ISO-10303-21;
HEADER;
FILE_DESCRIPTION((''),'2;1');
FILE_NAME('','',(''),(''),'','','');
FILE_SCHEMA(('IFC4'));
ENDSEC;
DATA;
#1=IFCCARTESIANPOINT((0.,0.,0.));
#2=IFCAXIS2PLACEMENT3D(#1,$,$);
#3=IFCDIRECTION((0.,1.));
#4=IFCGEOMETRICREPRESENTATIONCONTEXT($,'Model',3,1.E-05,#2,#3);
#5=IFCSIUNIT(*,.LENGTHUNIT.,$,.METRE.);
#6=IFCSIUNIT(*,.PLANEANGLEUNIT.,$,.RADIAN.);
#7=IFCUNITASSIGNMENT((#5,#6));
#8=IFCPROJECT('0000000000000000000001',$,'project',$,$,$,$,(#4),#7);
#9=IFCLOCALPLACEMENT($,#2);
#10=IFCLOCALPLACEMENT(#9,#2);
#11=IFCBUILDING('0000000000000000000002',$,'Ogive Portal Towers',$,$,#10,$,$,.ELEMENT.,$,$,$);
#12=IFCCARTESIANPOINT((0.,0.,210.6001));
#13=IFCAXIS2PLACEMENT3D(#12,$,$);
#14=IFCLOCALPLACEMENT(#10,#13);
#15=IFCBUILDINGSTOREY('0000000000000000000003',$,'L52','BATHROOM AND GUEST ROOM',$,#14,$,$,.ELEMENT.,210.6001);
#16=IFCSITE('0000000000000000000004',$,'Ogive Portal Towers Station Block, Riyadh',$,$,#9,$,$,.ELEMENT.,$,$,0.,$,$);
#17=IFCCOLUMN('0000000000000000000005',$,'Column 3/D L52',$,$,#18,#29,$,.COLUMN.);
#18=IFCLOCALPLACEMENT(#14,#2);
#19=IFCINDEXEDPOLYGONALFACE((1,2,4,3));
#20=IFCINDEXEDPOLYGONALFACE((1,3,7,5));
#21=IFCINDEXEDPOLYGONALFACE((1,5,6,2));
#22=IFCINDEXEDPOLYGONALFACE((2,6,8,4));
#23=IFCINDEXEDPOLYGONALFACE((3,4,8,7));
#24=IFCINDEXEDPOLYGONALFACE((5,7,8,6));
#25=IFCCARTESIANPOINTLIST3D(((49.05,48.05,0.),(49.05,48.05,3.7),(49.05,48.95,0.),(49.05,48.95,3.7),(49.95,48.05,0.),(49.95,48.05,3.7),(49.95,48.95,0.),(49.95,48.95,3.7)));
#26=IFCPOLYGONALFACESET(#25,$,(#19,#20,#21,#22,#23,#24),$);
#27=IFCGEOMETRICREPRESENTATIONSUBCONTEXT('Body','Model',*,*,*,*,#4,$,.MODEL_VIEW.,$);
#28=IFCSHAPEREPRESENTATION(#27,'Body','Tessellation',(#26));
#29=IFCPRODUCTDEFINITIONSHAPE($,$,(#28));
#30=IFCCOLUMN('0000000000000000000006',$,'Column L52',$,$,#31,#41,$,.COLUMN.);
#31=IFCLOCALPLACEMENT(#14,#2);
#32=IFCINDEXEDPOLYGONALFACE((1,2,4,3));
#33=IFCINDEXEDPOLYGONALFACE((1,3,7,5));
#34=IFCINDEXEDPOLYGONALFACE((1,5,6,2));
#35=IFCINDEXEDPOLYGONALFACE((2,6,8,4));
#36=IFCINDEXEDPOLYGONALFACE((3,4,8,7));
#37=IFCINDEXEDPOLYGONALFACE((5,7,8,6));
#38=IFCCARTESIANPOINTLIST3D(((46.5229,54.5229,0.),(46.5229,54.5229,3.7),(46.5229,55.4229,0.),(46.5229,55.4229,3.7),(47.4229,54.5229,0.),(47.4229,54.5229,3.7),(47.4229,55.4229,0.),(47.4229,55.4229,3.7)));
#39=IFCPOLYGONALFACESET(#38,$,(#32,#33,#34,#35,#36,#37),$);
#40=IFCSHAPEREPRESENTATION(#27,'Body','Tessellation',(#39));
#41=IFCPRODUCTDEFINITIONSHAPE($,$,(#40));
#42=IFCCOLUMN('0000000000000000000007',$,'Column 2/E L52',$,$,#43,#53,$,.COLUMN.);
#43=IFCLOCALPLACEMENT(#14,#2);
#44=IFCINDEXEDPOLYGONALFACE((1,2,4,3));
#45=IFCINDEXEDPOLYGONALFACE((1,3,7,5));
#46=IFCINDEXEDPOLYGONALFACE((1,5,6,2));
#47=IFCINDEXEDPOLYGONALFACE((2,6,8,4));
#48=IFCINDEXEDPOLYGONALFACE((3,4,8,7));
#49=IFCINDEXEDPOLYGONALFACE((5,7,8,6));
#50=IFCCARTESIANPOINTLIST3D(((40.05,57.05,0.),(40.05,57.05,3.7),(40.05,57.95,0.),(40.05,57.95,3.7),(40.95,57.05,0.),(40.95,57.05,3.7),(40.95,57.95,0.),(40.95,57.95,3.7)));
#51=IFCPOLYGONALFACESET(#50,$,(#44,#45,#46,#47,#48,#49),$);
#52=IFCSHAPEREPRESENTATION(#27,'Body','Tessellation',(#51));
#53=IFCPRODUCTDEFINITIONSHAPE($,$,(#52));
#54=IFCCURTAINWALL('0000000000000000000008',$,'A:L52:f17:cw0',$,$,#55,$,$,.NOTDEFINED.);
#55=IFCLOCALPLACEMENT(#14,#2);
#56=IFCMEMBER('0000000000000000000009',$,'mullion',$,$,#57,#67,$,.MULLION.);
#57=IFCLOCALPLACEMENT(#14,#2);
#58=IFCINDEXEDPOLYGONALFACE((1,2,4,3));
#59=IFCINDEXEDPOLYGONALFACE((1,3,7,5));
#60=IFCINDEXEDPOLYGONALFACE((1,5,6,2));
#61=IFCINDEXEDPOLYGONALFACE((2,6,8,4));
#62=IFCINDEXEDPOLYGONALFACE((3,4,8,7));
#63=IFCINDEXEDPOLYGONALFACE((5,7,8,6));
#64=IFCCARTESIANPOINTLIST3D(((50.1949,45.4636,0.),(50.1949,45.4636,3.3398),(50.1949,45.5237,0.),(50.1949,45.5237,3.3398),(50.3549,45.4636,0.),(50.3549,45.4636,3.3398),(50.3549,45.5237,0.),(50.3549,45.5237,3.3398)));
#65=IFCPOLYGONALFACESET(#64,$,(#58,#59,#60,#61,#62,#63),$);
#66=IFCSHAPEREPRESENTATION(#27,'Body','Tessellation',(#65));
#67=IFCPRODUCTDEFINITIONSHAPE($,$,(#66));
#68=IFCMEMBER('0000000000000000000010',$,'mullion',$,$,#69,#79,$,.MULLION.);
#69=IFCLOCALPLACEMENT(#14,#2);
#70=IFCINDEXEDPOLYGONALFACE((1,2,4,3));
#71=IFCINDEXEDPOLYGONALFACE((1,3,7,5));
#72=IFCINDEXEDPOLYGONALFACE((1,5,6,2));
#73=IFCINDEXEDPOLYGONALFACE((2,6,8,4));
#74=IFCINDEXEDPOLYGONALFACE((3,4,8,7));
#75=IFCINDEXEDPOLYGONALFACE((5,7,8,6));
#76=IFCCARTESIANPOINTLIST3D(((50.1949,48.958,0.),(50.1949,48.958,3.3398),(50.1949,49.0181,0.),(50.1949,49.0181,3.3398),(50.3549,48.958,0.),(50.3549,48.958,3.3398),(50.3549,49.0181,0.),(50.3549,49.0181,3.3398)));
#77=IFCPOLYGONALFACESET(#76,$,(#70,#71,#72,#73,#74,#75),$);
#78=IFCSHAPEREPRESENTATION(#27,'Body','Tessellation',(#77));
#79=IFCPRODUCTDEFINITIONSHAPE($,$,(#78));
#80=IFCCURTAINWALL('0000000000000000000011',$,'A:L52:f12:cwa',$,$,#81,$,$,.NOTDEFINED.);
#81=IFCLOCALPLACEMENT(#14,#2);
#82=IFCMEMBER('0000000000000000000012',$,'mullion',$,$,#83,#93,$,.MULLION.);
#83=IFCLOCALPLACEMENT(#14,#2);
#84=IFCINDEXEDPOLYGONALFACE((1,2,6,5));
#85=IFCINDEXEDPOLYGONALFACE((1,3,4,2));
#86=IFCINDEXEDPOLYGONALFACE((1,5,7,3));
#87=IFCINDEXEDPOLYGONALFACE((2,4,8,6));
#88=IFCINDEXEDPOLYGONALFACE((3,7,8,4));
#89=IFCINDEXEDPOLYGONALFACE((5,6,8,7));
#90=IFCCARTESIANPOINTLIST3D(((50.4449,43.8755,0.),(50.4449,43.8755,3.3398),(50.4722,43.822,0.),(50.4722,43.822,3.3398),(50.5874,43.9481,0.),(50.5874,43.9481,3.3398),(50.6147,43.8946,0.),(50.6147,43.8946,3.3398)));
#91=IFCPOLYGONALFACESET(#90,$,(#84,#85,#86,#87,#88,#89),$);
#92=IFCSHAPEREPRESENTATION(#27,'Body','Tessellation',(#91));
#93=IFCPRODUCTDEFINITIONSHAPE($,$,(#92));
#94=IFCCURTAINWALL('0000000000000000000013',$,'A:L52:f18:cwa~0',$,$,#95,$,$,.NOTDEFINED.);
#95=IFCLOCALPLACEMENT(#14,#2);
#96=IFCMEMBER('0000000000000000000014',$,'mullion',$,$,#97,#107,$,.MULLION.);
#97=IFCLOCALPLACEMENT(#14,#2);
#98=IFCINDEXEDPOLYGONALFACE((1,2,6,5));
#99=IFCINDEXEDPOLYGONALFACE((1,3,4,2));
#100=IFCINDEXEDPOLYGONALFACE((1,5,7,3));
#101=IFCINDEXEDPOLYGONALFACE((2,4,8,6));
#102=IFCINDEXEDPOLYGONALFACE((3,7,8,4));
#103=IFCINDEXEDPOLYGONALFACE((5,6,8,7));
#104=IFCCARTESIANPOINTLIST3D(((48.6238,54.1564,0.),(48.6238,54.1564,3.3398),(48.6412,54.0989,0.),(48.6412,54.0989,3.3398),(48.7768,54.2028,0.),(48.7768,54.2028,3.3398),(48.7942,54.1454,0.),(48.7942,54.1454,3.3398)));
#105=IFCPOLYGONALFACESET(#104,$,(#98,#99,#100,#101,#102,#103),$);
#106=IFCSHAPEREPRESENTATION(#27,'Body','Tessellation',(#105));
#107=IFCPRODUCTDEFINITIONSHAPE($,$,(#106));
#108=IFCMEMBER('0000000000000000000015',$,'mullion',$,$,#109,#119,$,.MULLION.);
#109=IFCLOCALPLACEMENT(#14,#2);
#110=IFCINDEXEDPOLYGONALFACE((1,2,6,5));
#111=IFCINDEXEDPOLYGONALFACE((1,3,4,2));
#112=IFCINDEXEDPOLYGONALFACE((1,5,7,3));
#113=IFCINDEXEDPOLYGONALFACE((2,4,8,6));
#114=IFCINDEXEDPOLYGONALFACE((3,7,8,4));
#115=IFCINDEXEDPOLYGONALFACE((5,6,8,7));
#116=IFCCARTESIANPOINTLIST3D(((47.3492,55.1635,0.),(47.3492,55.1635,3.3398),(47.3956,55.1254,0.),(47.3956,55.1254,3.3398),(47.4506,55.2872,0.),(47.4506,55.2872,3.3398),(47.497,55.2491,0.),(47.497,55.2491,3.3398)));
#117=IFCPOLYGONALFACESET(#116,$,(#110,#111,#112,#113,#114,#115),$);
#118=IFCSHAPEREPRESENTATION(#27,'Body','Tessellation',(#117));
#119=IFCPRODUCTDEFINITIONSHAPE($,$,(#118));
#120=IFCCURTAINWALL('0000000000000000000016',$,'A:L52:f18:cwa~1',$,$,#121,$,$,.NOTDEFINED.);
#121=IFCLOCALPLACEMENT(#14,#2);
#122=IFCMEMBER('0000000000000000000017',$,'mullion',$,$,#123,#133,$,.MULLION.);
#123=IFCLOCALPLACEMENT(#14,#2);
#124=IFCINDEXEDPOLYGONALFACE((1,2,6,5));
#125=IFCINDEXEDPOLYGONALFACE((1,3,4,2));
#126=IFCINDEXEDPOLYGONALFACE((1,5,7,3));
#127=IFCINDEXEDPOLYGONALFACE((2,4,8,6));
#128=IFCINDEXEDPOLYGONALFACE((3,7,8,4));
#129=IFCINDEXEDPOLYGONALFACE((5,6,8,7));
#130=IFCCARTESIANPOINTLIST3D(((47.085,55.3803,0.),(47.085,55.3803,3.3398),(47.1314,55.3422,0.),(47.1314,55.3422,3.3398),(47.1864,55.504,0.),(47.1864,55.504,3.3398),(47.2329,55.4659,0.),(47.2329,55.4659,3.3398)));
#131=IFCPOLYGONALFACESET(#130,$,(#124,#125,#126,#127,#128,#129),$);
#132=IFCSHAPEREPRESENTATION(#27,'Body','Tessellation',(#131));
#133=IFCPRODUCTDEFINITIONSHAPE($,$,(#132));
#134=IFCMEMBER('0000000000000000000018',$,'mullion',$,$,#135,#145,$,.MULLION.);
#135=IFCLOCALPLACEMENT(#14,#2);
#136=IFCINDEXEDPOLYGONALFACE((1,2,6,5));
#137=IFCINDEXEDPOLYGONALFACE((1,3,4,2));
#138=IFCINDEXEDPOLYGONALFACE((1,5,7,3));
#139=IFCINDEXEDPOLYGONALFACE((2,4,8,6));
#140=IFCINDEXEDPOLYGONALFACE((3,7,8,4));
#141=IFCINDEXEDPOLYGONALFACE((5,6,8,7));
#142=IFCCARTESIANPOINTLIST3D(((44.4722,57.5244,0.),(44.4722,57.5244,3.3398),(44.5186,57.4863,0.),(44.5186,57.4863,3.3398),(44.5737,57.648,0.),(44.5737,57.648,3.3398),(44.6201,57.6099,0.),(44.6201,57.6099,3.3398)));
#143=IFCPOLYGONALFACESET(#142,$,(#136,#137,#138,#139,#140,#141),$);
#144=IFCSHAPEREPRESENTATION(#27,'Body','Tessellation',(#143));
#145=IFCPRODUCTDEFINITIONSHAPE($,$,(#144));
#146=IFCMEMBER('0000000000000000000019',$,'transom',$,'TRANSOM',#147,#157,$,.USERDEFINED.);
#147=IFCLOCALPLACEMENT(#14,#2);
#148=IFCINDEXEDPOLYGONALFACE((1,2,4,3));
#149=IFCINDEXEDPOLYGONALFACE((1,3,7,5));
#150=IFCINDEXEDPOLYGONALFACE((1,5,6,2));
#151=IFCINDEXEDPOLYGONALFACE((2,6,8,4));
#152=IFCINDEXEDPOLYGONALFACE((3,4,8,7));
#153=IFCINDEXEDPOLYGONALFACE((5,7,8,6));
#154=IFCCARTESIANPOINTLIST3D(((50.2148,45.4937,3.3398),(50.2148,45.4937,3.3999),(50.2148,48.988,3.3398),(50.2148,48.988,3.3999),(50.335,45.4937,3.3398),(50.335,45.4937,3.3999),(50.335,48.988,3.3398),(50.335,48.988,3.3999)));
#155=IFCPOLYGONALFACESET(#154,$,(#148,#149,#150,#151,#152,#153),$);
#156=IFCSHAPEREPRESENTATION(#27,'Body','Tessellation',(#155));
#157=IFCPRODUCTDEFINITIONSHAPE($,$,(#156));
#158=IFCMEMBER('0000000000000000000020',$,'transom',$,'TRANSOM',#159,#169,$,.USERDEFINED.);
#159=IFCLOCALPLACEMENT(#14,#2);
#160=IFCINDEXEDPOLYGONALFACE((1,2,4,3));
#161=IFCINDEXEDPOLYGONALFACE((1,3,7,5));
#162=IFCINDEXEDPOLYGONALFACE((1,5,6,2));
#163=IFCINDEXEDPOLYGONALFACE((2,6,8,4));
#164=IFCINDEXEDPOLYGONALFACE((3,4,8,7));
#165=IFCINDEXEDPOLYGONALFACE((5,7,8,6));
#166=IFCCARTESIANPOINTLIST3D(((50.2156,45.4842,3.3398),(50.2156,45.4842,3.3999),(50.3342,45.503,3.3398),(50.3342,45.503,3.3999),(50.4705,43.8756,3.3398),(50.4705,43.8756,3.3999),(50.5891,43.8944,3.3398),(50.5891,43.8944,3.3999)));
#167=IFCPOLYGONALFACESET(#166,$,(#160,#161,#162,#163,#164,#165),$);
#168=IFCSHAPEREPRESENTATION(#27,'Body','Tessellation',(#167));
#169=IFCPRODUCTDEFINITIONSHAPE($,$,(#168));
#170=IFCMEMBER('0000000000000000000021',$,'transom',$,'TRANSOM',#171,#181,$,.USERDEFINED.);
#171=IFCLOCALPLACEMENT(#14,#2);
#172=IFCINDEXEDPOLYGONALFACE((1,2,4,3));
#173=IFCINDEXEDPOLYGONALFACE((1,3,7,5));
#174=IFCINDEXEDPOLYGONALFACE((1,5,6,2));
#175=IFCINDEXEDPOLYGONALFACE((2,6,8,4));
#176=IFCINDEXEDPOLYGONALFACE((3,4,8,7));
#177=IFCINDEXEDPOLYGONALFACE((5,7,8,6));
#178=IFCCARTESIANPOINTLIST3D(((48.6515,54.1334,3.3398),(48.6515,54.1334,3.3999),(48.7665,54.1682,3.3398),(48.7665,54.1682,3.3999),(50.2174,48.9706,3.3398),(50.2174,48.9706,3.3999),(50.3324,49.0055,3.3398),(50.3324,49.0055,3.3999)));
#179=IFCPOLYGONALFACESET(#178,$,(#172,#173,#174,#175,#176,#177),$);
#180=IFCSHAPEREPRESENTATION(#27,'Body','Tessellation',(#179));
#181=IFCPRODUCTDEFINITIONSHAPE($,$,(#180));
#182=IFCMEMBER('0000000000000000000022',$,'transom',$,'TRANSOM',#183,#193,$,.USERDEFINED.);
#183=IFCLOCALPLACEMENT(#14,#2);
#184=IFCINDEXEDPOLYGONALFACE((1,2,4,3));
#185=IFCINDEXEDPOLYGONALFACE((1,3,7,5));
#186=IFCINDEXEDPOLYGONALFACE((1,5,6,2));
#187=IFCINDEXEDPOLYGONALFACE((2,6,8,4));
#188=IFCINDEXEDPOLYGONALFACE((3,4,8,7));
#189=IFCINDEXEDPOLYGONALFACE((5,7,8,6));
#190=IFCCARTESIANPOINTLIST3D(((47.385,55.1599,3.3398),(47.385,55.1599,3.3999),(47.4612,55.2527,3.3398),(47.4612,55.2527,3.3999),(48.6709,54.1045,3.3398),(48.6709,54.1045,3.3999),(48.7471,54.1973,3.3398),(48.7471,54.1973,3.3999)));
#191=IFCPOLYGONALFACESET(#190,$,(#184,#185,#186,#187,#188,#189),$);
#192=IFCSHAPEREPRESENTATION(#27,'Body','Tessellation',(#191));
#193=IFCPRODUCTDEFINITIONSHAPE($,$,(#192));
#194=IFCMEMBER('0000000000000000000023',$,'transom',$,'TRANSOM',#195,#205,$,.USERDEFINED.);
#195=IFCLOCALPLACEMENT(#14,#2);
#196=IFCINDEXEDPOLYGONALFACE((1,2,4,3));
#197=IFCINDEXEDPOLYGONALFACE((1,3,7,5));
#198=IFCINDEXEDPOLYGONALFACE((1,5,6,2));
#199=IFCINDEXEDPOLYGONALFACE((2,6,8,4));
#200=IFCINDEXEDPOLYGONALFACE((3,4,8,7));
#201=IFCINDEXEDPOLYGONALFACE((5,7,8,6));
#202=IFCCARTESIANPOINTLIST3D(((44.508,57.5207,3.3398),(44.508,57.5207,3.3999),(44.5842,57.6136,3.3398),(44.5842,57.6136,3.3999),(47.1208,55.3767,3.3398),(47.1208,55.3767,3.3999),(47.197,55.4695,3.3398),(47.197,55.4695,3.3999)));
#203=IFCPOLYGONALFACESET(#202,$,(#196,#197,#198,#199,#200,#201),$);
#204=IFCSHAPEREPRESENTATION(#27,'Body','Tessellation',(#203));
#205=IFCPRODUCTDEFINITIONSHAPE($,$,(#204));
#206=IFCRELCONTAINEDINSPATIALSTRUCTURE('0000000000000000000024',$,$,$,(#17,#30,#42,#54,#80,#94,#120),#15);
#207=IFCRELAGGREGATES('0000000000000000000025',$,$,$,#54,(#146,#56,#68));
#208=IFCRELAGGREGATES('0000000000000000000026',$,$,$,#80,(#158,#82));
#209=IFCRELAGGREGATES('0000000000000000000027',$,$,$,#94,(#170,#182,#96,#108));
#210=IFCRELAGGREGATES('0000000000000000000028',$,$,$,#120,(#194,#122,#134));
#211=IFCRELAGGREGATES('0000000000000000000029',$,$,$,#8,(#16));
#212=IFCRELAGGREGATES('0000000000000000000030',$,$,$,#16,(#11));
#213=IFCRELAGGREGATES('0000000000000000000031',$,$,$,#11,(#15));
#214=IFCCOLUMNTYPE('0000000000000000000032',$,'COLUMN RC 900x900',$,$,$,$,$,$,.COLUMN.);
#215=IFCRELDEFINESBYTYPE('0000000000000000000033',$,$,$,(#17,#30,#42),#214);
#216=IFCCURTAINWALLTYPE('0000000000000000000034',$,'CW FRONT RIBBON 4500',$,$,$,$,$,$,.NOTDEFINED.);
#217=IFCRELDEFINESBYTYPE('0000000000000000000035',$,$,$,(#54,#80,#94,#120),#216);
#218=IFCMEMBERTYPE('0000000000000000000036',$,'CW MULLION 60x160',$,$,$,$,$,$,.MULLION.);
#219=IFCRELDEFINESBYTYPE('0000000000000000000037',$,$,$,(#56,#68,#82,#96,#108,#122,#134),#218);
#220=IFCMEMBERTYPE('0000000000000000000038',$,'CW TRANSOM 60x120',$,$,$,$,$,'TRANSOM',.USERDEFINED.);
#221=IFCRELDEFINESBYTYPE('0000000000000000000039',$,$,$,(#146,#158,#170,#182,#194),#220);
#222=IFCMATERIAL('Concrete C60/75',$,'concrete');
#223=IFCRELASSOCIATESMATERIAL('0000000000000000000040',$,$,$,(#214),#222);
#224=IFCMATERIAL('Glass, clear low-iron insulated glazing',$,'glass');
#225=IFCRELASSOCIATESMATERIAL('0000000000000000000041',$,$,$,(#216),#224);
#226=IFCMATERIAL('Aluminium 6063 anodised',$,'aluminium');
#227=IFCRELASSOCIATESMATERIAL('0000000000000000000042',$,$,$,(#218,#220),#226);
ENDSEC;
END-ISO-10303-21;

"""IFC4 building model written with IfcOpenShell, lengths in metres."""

from ifc_helpers import new_model, si_unit, direction, frame, origin, origin_2d, place, context, subcontext, project, spatial, rectangle, extrude, material, material_profile, profile_set, type_object, element, aggregate, save


model = new_model("IFC4")

# Units and contexts
model_context = context("Model", 3, precision=1e-05, world=origin(), true_north=direction((0.0, 1.0)))
body_context = subcontext(model_context, "Body", "Model", "MODEL_VIEW")
ifc_project = project(units=[si_unit("LENGTHUNIT", "METRE"), si_unit("PLANEANGLEUNIT", "RADIAN")], contexts=[model_context])

# Site, building, storey
site_placement = place(None, origin())
site = spatial("IfcSite", under=ifc_project, at=site_placement, Name="Ogive Portal Towers Station Block, Riyadh", CompositionType="ELEMENT", RefElevation=0.0)
building_placement = place(site_placement, origin())
building = spatial("IfcBuilding", under=site, at=building_placement, Name="Ogive Portal Towers", CompositionType="ELEMENT")
storey_placement = place(building_placement, frame((0.0, 0.0, 210.6001)))
storey = spatial("IfcBuildingStorey", under=building, at=storey_placement, Name="L52", Description="BATHROOM AND GUEST ROOM", CompositionType="ELEMENT", Elevation=210.6001)

# Columns
ifc_material_1 = material(Name="Concrete C60/75", Category="concrete")
ifc_material_profile_1 = material_profile(ifc_material_1, rectangle(XDim=0.8999, YDim=0.8999, at=origin_2d()), Name="RC 900x900")
ifc_profile_set_1 = profile_set([ifc_material_profile_1], Name="Concrete C60/75")
column_type = type_object("IfcColumnType", Name="COLUMN RC 900x900", PredefinedType="COLUMN", material=ifc_profile_set_1)
for number, where, z_axis, x_axis, name in (
    (1, (49.5, 48.5, 0.0), (0.0, 0.0, 1.0), (1.0, 0.0, 0.0), "Column 3/D L52"),
    (2, (46.9729, 54.9729, 0.0), (0.0, 0.0, 1.0), (1.0, 0.0, 0.0), "Column L52"),
    (3, (40.5, 57.5, 0.0), (0.0, 0.0, 1.0), (1.0, 0.0, 0.0), "Column 2/E L52"),
):
    element("IfcColumn", number, at=place(storey_placement, frame(where, z_axis=z_axis, x_axis=x_axis)), inside=storey, type_object=column_type, Name=name, PredefinedType="COLUMN", context=body_context, shape_type="SweptSolid", body=[
        extrude(rectangle(XDim=0.8999, YDim=0.8999, at=origin_2d()), origin(), (0.0, 0.0, 1.0), 3.7),
    ])

# Curtain wall, members
ifc_material_2 = material(Name="Glass, clear low-iron insulated glazing", Category="glass")
curtain_wall_type = type_object("IfcCurtainWallType", Name="CW FRONT RIBBON 4500", PredefinedType="NOTDEFINED", material=ifc_material_2)
curtain_wall_1_placement = place(storey_placement, origin())
curtain_wall_1 = element("IfcCurtainWall", 4, at=curtain_wall_1_placement, inside=storey, type_object=curtain_wall_type, Name="A:L52:f17:cw0", PredefinedType="NOTDEFINED")
ifc_material_3 = material(Name="Aluminium 6063 anodised", Category="aluminium")
ifc_material_profile_2 = material_profile(ifc_material_3, rectangle(XDim=0.1599, YDim=0.0601, at=origin_2d()), Name="AL 60x160")
ifc_profile_set_2 = profile_set([ifc_material_profile_2], Name="Aluminium 6063 anodised")
member_type_1 = type_object("IfcMemberType", Name="CW MULLION 60x160", PredefinedType="MULLION", material=ifc_profile_set_2)
member_1_placement = place(storey_placement, frame((50.2749, 45.4937, 0.0), z_axis=(0.0, 0.0, 1.0), x_axis=(-1.0, 0.0, 0.0)))
member_1 = element("IfcMember", 5, at=member_1_placement, type_object=member_type_1, Name="mullion", PredefinedType="MULLION", context=body_context, shape_type="SweptSolid", body=[
    extrude(rectangle(XDim=0.1599, YDim=0.0601, at=origin_2d()), origin(), (0.0, 0.0, 1.0), 3.3398),
])
member_2_placement = place(storey_placement, frame((50.2749, 48.988, 0.0), z_axis=(0.0, 0.0, 1.0), x_axis=(-1.0, 0.0, 0.0)))
member_2 = element("IfcMember", 6, at=member_2_placement, type_object=member_type_1, Name="mullion", PredefinedType="MULLION", context=body_context, shape_type="SweptSolid", body=[
    extrude(rectangle(XDim=0.1599, YDim=0.0601, at=origin_2d()), origin(), (0.0, 0.0, 1.0), 3.3398),
])

# Curtain wall, member
curtain_wall_2_placement = place(storey_placement, origin())
curtain_wall_2 = element("IfcCurtainWall", 7, at=curtain_wall_2_placement, inside=storey, type_object=curtain_wall_type, Name="A:L52:f12:cwa", PredefinedType="NOTDEFINED")
member_3_placement = place(storey_placement, frame((50.5298, 43.885, 0.0), z_axis=(0.0, 0.0, 1.0), x_axis=(-0.891007, -0.45399, 0.0)))
member_3 = element("IfcMember", 8, at=member_3_placement, type_object=member_type_1, Name="mullion", PredefinedType="MULLION", context=body_context, shape_type="SweptSolid", body=[
    extrude(rectangle(XDim=0.1599, YDim=0.0601, at=origin_2d()), origin(), (0.0, 0.0, 1.0), 3.3398),
])

# Curtain walls, members
curtain_wall_3_placement = place(storey_placement, origin())
curtain_wall_3 = element("IfcCurtainWall", 9, at=curtain_wall_3_placement, inside=storey, type_object=curtain_wall_type, Name="A:L52:f18:cwa~0", PredefinedType="NOTDEFINED")
member_4_placement = place(storey_placement, frame((48.709, 54.1509, 0.0), z_axis=(0.0, 0.0, 1.0), x_axis=(-0.95694, -0.290285, 0.0)))
member_4 = element("IfcMember", 10, at=member_4_placement, type_object=member_type_1, Name="mullion", PredefinedType="MULLION", context=body_context, shape_type="SweptSolid", body=[
    extrude(rectangle(XDim=0.1599, YDim=0.0601, at=origin_2d()), origin(), (0.0, 0.0, 1.0), 3.3398),
])
member_5_placement = place(storey_placement, frame((47.4231, 55.2063, 0.0), z_axis=(0.0, 0.0, 1.0), x_axis=(-0.634393, -0.77301, 0.0)))
member_5 = element("IfcMember", 11, at=member_5_placement, type_object=member_type_1, Name="mullion", PredefinedType="MULLION", context=body_context, shape_type="SweptSolid", body=[
    extrude(rectangle(XDim=0.1599, YDim=0.0601, at=origin_2d()), origin(), (0.0, 0.0, 1.0), 3.3398),
])
curtain_wall_4_placement = place(storey_placement, origin())
curtain_wall_4 = element("IfcCurtainWall", 12, at=curtain_wall_4_placement, inside=storey, type_object=curtain_wall_type, Name="A:L52:f18:cwa~1", PredefinedType="NOTDEFINED")
member_6_placement = place(storey_placement, frame((47.1589, 55.4231, 0.0), z_axis=(0.0, 0.0, 1.0), x_axis=(-0.634393, -0.77301, 0.0)))
member_6 = element("IfcMember", 13, at=member_6_placement, type_object=member_type_1, Name="mullion", PredefinedType="MULLION", context=body_context, shape_type="SweptSolid", body=[
    extrude(rectangle(XDim=0.1599, YDim=0.0601, at=origin_2d()), origin(), (0.0, 0.0, 1.0), 3.3398),
])
member_7_placement = place(storey_placement, frame((44.5461, 57.5671, 0.0), z_axis=(0.0, 0.0, 1.0), x_axis=(-0.634393, -0.77301, 0.0)))
member_7 = element("IfcMember", 14, at=member_7_placement, type_object=member_type_1, Name="mullion", PredefinedType="MULLION", context=body_context, shape_type="SweptSolid", body=[
    extrude(rectangle(XDim=0.1599, YDim=0.0601, at=origin_2d()), origin(), (0.0, 0.0, 1.0), 3.3398),
])

# Members
ifc_material_profile_3 = material_profile(ifc_material_3, rectangle(XDim=0.1201, YDim=0.0601, at=origin_2d()), Name="AL 120x60")
ifc_profile_set_3 = profile_set([ifc_material_profile_3], Name="Aluminium 6063 anodised")
member_type_2 = type_object("IfcMemberType", Name="CW TRANSOM 60x120", ElementType="TRANSOM", PredefinedType="USERDEFINED", material=ifc_profile_set_3)
member_8_placement = place(storey_placement, frame((50.2749, 45.4937, 3.3699), z_axis=(0.0, 1.0, 0.0), x_axis=(-1.0, 0.0, 0.0)))
member_8 = element("IfcMember", 15, at=member_8_placement, type_object=member_type_2, Name="transom", ObjectType="TRANSOM", PredefinedType="USERDEFINED", context=body_context, shape_type="SweptSolid", body=[
    extrude(rectangle(XDim=0.1201, YDim=0.0601, at=origin_2d()), origin(), (0.0, 0.0, 1.0), 3.4944),
])
member_9_placement = place(storey_placement, frame((50.5298, 43.885, 3.3699), z_axis=(-0.156494, 0.987679, 0.0), x_axis=(-0.987679, -0.156494, 0.0)))
member_9 = element("IfcMember", 16, at=member_9_placement, type_object=member_type_2, Name="transom", ObjectType="TRANSOM", PredefinedType="USERDEFINED", context=body_context, shape_type="SweptSolid", body=[
    extrude(rectangle(XDim=0.1201, YDim=0.0601, at=origin_2d()), origin(), (0.0, 0.0, 1.0), 1.6287),
])
member_10_placement = place(storey_placement, frame((50.2749, 48.988, 3.3699), z_axis=(-0.290249, 0.956951, 0.0), x_axis=(-0.956951, -0.290249, 0.0)))
member_10 = element("IfcMember", 17, at=member_10_placement, type_object=member_type_2, Name="transom", ObjectType="TRANSOM", PredefinedType="USERDEFINED", context=body_context, shape_type="SweptSolid", body=[
    extrude(rectangle(XDim=0.1201, YDim=0.0601, at=origin_2d()), origin(), (0.0, 0.0, 1.0), 5.395),
])
member_11_placement = place(storey_placement, frame((48.709, 54.1509, 3.3699), z_axis=(-0.772976, 0.634436, 0.0), x_axis=(-0.634436, -0.772976, 0.0)))
member_11 = element("IfcMember", 18, at=member_11_placement, type_object=member_type_2, Name="transom", ObjectType="TRANSOM", PredefinedType="USERDEFINED", context=body_context, shape_type="SweptSolid", body=[
    extrude(rectangle(XDim=0.1201, YDim=0.0601, at=origin_2d()), origin(), (0.0, 0.0, 1.0), 1.6636),
])
member_12_placement = place(storey_placement, frame((47.1589, 55.4231, 3.3699), z_axis=(-0.773042, 0.634354, 0.0), x_axis=(-0.634354, -0.773042, 0.0)))
member_12 = element("IfcMember", 19, at=member_12_placement, type_object=member_type_2, Name="transom", ObjectType="TRANSOM", PredefinedType="USERDEFINED", context=body_context, shape_type="SweptSolid", body=[
    extrude(rectangle(XDim=0.1201, YDim=0.0601, at=origin_2d()), origin(), (0.0, 0.0, 1.0), 3.3799),
])

aggregate(curtain_wall_1, [member_8, member_1, member_2])
aggregate(curtain_wall_2, [member_9, member_3])
aggregate(curtain_wall_3, [member_10, member_11, member_4, member_5])
aggregate(curtain_wall_4, [member_12, member_6, member_7])

save(model, "model.ifc")
